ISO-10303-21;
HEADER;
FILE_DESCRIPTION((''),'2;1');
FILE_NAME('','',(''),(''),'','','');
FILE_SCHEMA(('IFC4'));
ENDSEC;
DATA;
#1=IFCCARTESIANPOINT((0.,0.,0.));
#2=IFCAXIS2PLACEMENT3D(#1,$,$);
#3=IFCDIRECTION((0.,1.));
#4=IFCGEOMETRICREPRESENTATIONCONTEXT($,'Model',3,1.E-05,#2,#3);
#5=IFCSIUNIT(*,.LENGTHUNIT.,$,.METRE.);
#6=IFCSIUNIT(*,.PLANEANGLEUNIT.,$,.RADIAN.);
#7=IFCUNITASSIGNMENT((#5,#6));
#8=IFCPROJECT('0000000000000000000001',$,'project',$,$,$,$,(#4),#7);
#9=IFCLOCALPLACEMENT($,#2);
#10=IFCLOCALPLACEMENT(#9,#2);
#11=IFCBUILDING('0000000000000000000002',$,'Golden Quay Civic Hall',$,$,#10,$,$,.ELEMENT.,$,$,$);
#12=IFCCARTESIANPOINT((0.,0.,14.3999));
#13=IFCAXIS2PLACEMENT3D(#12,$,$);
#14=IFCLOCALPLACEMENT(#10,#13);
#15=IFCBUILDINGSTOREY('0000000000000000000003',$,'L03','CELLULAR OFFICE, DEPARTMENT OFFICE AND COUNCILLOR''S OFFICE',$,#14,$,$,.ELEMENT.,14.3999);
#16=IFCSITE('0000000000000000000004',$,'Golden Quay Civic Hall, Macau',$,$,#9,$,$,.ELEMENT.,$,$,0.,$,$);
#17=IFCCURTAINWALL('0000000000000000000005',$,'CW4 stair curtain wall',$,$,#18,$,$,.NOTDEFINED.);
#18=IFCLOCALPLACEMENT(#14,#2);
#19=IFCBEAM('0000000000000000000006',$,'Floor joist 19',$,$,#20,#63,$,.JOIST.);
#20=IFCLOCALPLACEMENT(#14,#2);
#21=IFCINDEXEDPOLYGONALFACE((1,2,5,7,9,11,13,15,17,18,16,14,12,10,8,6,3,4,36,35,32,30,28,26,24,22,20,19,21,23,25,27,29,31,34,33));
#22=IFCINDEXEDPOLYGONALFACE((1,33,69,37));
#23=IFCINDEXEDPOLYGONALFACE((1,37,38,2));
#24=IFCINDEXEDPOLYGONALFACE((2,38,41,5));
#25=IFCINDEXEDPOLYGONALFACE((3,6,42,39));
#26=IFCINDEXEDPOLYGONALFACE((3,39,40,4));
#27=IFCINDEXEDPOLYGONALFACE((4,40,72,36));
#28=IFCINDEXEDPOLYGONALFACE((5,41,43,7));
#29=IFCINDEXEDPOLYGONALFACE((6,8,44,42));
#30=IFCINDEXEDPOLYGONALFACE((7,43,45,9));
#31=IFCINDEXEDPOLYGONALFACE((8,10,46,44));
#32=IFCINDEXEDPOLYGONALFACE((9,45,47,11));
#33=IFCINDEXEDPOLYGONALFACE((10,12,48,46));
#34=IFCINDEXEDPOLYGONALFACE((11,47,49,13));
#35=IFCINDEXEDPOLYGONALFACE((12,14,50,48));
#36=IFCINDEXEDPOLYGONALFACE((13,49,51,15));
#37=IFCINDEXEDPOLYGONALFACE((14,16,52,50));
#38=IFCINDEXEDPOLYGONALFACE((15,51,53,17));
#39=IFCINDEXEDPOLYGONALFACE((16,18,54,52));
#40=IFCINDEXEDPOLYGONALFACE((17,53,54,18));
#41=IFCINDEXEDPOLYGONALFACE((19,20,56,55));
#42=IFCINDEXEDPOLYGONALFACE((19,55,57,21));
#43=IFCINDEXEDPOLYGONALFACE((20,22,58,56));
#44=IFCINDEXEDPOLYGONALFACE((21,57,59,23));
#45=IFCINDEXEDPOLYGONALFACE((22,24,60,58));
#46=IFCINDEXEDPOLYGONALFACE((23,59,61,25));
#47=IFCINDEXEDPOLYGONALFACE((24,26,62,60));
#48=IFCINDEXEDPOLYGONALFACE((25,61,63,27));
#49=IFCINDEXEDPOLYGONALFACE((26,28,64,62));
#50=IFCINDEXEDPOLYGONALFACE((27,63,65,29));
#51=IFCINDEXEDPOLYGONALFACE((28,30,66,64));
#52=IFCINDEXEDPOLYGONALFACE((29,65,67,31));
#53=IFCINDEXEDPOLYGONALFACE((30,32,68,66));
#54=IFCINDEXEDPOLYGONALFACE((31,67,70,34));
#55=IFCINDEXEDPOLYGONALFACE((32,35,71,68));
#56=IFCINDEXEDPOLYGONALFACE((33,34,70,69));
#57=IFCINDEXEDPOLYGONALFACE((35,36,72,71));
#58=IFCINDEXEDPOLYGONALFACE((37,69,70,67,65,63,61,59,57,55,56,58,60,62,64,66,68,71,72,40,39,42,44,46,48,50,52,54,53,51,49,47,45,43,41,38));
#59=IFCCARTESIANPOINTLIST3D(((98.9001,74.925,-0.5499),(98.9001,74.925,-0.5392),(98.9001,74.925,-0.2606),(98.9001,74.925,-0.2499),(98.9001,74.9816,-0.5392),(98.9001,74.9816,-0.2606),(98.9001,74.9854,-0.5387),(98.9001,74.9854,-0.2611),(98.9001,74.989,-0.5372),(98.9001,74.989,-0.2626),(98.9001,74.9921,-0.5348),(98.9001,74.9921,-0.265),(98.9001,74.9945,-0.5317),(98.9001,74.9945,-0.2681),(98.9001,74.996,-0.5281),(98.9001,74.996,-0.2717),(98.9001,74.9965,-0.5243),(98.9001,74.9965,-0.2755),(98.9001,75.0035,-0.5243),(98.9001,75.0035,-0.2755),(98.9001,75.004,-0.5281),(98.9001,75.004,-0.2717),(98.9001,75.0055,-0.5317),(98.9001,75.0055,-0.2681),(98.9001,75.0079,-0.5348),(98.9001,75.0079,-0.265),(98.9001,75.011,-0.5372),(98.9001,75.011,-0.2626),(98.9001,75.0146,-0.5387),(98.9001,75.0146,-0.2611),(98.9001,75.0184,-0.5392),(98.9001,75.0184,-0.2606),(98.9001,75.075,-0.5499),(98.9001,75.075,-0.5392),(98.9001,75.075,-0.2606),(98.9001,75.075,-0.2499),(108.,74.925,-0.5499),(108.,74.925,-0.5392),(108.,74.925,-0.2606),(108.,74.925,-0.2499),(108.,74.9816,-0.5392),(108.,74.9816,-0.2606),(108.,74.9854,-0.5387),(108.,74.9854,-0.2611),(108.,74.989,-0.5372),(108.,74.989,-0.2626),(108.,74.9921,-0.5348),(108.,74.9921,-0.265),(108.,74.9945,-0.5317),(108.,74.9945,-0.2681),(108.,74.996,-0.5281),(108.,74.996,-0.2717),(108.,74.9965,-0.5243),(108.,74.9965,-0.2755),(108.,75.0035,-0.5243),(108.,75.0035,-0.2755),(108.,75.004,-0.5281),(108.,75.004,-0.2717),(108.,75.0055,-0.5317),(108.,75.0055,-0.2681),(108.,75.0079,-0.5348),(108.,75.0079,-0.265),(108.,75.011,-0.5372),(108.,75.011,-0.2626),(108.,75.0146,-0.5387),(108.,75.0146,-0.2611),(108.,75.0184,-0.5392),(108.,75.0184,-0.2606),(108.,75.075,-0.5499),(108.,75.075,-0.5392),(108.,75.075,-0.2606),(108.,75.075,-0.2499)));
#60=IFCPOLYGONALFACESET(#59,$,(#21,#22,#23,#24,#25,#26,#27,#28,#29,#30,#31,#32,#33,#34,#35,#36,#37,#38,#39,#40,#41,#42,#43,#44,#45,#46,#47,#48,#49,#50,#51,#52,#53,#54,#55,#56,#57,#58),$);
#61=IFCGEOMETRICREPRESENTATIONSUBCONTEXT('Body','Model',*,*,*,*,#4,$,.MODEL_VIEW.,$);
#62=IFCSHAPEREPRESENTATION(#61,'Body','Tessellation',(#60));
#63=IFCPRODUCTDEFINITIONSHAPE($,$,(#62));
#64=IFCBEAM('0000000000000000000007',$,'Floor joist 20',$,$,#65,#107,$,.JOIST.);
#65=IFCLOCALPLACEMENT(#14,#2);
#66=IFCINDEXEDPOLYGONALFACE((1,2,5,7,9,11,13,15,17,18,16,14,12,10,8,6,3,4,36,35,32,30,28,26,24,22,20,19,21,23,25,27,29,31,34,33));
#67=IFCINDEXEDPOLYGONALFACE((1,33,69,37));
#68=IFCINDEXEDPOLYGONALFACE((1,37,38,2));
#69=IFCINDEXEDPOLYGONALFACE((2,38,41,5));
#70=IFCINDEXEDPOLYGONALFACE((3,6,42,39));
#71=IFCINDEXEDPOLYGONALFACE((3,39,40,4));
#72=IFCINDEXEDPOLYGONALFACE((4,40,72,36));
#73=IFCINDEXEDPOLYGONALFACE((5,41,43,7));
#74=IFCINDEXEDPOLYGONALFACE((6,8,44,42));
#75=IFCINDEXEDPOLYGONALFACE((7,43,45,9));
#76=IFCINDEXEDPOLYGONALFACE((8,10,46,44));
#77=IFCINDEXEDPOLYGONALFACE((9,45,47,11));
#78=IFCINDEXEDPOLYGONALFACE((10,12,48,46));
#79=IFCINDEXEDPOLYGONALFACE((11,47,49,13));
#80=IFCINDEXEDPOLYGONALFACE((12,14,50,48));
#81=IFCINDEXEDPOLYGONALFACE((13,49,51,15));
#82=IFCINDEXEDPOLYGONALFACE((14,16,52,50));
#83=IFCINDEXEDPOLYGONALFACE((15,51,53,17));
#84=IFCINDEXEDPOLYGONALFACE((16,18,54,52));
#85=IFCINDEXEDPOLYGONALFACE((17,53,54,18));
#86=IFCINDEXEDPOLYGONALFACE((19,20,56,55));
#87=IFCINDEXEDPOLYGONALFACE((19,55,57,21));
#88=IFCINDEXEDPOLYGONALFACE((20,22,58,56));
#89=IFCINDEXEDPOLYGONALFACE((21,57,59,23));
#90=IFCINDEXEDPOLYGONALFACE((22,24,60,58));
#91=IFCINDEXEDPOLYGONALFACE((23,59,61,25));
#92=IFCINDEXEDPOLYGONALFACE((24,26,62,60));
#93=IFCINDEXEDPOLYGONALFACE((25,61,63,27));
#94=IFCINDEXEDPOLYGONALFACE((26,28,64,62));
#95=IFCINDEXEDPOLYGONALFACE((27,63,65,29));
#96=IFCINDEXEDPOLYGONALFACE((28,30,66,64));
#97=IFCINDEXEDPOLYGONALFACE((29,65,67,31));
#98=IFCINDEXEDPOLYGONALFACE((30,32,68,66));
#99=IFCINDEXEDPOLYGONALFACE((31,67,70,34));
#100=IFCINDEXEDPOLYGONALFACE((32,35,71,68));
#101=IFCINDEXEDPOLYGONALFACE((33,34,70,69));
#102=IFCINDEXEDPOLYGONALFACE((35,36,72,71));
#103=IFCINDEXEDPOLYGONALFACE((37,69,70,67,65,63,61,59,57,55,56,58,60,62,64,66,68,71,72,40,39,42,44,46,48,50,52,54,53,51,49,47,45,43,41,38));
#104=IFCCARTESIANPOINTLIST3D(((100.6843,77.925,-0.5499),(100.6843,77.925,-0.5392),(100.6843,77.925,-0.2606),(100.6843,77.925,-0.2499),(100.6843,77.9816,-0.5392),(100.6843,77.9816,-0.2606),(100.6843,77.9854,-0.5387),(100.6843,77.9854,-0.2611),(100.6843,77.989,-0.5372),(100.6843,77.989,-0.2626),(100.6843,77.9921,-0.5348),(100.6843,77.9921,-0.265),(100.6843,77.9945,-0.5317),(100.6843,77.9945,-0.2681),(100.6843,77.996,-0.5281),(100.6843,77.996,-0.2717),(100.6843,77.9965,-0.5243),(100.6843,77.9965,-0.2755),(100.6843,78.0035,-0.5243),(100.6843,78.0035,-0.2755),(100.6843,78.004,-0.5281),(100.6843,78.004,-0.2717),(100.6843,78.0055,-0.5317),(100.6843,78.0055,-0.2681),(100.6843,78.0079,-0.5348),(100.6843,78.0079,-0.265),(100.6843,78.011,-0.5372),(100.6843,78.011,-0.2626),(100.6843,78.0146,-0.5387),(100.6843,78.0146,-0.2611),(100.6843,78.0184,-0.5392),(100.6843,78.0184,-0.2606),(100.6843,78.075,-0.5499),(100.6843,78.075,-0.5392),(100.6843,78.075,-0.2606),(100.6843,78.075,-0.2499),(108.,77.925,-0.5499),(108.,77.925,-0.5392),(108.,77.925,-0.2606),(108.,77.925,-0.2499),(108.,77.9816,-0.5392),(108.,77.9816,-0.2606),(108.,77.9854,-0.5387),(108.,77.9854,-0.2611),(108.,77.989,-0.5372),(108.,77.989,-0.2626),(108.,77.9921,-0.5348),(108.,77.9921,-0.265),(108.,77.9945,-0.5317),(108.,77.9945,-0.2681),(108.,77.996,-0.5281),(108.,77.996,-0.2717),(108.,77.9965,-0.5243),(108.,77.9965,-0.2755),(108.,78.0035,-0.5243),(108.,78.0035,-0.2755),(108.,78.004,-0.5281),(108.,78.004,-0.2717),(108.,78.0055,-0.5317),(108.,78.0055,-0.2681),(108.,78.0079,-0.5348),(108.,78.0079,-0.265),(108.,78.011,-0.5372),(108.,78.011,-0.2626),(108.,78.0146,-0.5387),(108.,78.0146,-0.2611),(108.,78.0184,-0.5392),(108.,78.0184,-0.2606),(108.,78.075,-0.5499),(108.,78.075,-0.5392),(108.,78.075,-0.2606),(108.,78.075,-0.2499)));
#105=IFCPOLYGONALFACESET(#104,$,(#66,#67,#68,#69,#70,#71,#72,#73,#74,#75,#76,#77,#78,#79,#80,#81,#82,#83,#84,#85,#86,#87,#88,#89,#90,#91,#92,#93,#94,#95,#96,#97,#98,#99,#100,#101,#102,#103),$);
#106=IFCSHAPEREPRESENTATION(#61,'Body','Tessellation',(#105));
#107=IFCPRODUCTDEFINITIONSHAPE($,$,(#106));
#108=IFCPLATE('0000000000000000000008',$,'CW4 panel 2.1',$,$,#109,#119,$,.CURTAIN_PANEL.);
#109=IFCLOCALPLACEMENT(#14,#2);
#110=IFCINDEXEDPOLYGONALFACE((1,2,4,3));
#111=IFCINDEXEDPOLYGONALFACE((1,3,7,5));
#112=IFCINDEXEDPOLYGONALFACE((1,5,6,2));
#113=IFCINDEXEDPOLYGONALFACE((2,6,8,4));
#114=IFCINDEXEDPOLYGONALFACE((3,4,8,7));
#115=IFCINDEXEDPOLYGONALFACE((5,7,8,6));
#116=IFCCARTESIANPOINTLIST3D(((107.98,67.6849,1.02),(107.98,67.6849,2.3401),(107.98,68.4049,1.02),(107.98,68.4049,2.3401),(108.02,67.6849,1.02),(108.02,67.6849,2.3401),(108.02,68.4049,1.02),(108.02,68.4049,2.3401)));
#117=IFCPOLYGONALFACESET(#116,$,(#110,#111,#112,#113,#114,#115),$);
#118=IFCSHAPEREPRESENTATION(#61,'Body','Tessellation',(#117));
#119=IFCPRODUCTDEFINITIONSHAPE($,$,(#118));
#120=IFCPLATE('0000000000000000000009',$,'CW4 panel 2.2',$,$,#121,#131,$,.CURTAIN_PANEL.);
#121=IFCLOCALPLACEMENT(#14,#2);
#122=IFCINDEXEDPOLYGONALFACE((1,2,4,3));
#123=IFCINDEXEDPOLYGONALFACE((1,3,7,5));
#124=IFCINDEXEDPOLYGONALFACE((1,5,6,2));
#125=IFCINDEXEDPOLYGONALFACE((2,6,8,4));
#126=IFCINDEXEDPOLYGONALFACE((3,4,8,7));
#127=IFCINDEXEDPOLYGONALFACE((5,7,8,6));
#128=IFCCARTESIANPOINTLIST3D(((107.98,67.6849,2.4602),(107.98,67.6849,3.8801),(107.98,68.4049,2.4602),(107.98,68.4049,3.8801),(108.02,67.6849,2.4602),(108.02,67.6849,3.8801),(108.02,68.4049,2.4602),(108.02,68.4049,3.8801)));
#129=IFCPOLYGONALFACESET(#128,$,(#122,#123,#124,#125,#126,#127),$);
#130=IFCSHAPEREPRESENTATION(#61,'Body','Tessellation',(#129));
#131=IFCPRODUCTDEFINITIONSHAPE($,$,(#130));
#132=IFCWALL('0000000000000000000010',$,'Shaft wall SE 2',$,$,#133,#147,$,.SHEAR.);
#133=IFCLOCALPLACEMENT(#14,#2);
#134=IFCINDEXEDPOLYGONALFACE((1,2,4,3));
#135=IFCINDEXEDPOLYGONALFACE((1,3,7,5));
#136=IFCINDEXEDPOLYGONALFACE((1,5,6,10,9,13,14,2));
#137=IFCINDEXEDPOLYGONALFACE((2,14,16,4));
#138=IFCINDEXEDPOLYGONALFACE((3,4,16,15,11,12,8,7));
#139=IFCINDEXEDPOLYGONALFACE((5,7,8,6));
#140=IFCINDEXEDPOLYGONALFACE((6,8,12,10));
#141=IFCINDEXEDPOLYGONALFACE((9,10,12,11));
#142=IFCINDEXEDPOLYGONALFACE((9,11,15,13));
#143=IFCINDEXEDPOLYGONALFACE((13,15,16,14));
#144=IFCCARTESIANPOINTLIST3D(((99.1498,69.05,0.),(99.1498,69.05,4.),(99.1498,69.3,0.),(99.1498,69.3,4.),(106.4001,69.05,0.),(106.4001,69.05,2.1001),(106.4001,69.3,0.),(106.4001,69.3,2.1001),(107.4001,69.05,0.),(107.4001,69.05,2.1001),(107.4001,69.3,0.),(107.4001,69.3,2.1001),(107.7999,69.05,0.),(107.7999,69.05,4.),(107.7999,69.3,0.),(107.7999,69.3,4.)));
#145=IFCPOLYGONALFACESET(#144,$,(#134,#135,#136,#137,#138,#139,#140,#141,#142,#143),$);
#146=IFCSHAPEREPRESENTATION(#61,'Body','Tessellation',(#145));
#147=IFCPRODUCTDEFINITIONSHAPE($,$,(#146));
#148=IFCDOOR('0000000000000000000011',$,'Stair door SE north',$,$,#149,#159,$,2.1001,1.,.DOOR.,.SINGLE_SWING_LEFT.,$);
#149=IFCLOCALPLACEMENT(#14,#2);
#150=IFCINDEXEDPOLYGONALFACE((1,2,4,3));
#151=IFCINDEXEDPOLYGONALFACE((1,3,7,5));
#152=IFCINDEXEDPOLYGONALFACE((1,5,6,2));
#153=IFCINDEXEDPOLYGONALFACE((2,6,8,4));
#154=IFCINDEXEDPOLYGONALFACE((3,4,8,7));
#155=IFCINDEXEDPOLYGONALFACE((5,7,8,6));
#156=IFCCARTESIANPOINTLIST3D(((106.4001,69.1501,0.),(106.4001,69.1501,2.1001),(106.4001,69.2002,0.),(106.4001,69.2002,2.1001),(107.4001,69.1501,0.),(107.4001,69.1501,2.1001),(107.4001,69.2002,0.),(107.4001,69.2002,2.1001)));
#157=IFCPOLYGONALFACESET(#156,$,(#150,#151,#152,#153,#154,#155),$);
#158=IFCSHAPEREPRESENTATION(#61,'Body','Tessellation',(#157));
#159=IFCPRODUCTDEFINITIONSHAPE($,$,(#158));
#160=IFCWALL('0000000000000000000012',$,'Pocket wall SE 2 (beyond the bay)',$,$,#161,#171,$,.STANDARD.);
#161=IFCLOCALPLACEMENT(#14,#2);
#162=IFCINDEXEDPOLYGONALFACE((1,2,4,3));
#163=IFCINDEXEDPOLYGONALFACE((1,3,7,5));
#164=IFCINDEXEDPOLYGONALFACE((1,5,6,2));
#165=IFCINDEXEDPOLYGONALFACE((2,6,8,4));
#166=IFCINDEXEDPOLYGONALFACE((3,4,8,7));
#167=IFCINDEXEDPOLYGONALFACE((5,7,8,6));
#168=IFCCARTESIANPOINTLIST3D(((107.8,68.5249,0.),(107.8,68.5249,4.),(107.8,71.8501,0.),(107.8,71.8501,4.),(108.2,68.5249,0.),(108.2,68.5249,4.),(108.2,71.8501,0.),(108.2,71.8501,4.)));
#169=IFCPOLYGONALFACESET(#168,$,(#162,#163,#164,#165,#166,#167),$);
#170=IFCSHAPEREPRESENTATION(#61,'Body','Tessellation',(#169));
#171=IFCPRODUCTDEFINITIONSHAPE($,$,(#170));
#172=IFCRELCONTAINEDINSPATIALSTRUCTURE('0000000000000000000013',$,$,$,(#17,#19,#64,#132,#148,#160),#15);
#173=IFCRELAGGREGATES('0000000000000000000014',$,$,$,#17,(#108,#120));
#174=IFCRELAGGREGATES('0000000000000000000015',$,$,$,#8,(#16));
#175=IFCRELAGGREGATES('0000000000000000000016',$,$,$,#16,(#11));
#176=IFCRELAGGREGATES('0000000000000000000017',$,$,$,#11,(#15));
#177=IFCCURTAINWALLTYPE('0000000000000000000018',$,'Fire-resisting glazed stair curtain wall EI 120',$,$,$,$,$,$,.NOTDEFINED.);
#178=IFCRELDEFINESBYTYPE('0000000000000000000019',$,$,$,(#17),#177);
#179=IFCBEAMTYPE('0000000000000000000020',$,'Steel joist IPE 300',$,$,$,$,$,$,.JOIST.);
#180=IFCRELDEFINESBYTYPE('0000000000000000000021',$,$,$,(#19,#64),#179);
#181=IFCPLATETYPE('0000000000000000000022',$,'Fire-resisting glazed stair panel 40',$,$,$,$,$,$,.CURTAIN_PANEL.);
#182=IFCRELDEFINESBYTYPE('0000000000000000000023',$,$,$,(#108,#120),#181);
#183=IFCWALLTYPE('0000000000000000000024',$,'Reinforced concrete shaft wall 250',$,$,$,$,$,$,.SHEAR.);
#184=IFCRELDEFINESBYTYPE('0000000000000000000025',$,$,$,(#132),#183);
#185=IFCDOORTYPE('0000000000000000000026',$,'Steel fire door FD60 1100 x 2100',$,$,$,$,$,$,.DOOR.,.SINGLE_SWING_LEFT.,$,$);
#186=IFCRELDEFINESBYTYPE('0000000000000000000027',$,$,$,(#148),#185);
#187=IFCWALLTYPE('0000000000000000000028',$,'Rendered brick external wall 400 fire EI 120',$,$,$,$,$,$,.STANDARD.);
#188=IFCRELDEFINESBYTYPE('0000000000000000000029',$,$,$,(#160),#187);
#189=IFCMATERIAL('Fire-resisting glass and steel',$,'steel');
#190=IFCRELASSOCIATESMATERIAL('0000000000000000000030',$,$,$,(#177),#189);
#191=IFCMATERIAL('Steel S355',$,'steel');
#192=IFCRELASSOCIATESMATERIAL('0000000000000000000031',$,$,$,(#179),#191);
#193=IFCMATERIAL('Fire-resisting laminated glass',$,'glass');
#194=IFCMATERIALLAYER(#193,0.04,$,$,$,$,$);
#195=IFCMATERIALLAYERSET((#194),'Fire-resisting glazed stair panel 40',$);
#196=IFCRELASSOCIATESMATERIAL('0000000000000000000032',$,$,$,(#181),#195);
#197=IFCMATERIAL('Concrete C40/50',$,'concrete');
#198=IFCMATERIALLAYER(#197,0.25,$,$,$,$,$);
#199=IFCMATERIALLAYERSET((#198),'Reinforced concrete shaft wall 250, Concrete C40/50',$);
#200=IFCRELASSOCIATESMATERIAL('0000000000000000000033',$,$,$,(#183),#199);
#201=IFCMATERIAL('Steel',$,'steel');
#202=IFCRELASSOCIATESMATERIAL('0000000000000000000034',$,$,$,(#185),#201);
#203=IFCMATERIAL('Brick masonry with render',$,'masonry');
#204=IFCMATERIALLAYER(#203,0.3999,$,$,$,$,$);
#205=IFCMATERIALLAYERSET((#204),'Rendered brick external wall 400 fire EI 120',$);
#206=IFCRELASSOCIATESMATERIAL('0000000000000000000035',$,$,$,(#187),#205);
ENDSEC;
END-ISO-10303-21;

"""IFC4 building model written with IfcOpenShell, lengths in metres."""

from ifc_helpers import new_model, si_unit, direction, frame, frame_2d, origin, origin_2d, place, context, subcontext, project, spatial, rectangle, i_section, extrude, material, layer, layer_set, material_profile, profile_set, type_object, element, fill, aggregate, save


model = new_model("IFC4")

# Units and contexts
model_context = context("Model", 3, precision=1e-05, world=origin(), true_north=direction((0.0, 1.0)))
body_context = subcontext(model_context, "Body", "Model", "MODEL_VIEW")
ifc_project = project(units=[si_unit("LENGTHUNIT", "METRE"), si_unit("PLANEANGLEUNIT", "RADIAN")], contexts=[model_context])

# Site, building, storey
site_placement = place(None, origin())
site = spatial("IfcSite", under=ifc_project, at=site_placement, Name="Golden Quay Civic Hall, Macau", CompositionType="ELEMENT", RefElevation=0.0)
building_placement = place(site_placement, origin())
building = spatial("IfcBuilding", under=site, at=building_placement, Name="Golden Quay Civic Hall", CompositionType="ELEMENT")
storey_placement = place(building_placement, frame((0.0, 0.0, 14.3999)))
storey = spatial("IfcBuildingStorey", under=building, at=storey_placement, Name="L03", Description="CELLULAR OFFICE, DEPARTMENT OFFICE AND COUNCILLOR'S OFFICE", CompositionType="ELEMENT", Elevation=14.3999)

# Curtain wall
ifc_material_1 = material(Name="Fire-resisting glass and steel", Category="steel")
curtain_wall_type = type_object("IfcCurtainWallType", Name="Fire-resisting glazed stair curtain wall EI 120", PredefinedType="NOTDEFINED", material=ifc_material_1)
curtain_wall_placement = place(storey_placement, origin())
curtain_wall = element("IfcCurtainWall", 1, at=curtain_wall_placement, inside=storey, type_object=curtain_wall_type, Name="CW4 stair curtain wall", PredefinedType="NOTDEFINED")

# Beams
ifc_material_2 = material(Name="Steel S355", Category="steel")
ifc_material_profile_1 = material_profile(ifc_material_2, i_section(OverallWidth=0.1499, OverallDepth=0.3, WebThickness=0.0071, FlangeThickness=0.0107, FilletRadius=0.0149, at=origin_2d()), Name="IPE 300")
ifc_profile_set_1 = profile_set([ifc_material_profile_1], Name="Steel S355")
beam_type_1 = type_object("IfcBeamType", Name="Steel joist IPE 300", PredefinedType="JOIST", material=ifc_profile_set_1)
beam_1_placement = place(storey_placement, frame((108.0, 75.0, -0.3999), z_axis=(-1.0, 0.0, 0.0), x_axis=(0.0, -1.0, 0.0)))
element("IfcBeam", 2, at=beam_1_placement, inside=storey, type_object=beam_type_1, Name="Floor joist 19", PredefinedType="JOIST", context=body_context, shape_type="SweptSolid", body=[
    extrude(i_section(OverallWidth=0.1499, OverallDepth=0.3, WebThickness=0.0071, FlangeThickness=0.0107, FilletRadius=0.0149, at=origin_2d()), origin(), (0.0, 0.0, 1.0), 9.0999),
])
beam_2_placement = place(storey_placement, frame((108.0, 78.0, -0.3999), z_axis=(-1.0, 0.0, 0.0), x_axis=(0.0, -1.0, 0.0)))
element("IfcBeam", 3, at=beam_2_placement, inside=storey, type_object=beam_type_1, Name="Floor joist 20", PredefinedType="JOIST", context=body_context, shape_type="SweptSolid", body=[
    extrude(i_section(OverallWidth=0.1499, OverallDepth=0.3, WebThickness=0.0071, FlangeThickness=0.0107, FilletRadius=0.0149, at=origin_2d()), origin(), (0.0, 0.0, 1.0), 7.3157),
])

# Plates
ifc_material_3 = material(Name="Fire-resisting laminated glass", Category="glass")
ifc_layer_1 = layer(ifc_material_3, 0.04)
ifc_layer_set_1 = layer_set([ifc_layer_1], Name="Fire-resisting glazed stair panel 40")
plate_type = type_object("IfcPlateType", Name="Fire-resisting glazed stair panel 40", PredefinedType="CURTAIN_PANEL", material=ifc_layer_set_1)
plate_1_placement = place(storey_placement, frame((108.0, 68.0449, 1.02), z_axis=(0.0, 0.0, 1.0), x_axis=(0.0, 1.0, 0.0)))
plate_1 = element("IfcPlate", 4, at=plate_1_placement, type_object=plate_type, Name="CW4 panel 2.1", PredefinedType="CURTAIN_PANEL", context=body_context, shape_type="SweptSolid", body=[
    extrude(rectangle(XDim=0.72, YDim=0.04, at=origin_2d()), origin(), (0.0, 0.0, 1.0), 1.3201),
])
plate_2_placement = place(storey_placement, frame((108.0, 68.0449, 2.4602), z_axis=(0.0, 0.0, 1.0), x_axis=(0.0, 1.0, 0.0)))
plate_2 = element("IfcPlate", 5, at=plate_2_placement, type_object=plate_type, Name="CW4 panel 2.2", PredefinedType="CURTAIN_PANEL", context=body_context, shape_type="SweptSolid", body=[
    extrude(rectangle(XDim=0.72, YDim=0.04, at=origin_2d()), origin(), (0.0, 0.0, 1.0), 1.4199),
])
aggregate(curtain_wall, [plate_1, plate_2])

# Wall, opening, door
ifc_material_4 = material(Name="Concrete C40/50", Category="concrete")
ifc_layer_2 = layer(ifc_material_4, 0.25)
ifc_layer_set_2 = layer_set([ifc_layer_2], Name="Reinforced concrete shaft wall 250, Concrete C40/50")
wall_type_1 = type_object("IfcWallType", Name="Reinforced concrete shaft wall 250", PredefinedType="SHEAR", material=ifc_layer_set_2)
wall_1_placement = place(storey_placement, frame((107.8, 69.175, 0.0), z_axis=(0.0, 0.0, 1.0), x_axis=(-1.0, 0.0, 0.0)))
wall_1 = element("IfcWall", 6, at=wall_1_placement, inside=storey, type_object=wall_type_1, Name="Shaft wall SE 2", PredefinedType="SHEAR", context=body_context, shape_type="SweptSolid", body=[
    extrude(rectangle(XDim=8.6501, YDim=0.25, at=frame_2d((4.3252, 0.0))), origin(), (0.0, 0.0, 1.0), 4.0),
])
opening_1_placement = place(wall_1_placement, frame((0.3999, 0.0, 0.0)))
opening_1 = element("IfcOpeningElement", 7, at=opening_1_placement, cuts=wall_1, PredefinedType="OPENING", context=body_context, shape_type="SweptSolid", body=[
    extrude(rectangle(XDim=1.0, YDim=2.1001, at=frame_2d((0.5, 1.05))), frame((0.0, 0.135, 0.0), z_axis=(0.0, -1.0, 0.0), x_axis=(1.0, 0.0, 0.0)), (0.0, 0.0, 1.0), 0.27),
])
ifc_material_5 = material(Name="Steel", Category="steel")
door_type_1 = type_object("IfcDoorType", Name="Steel fire door FD60 1100 x 2100", OperationType="SINGLE_SWING_LEFT", PredefinedType="DOOR", material=ifc_material_5)
door_1_placement = place(opening_1_placement, origin())
door_1 = element("IfcDoor", 8, at=door_1_placement, inside=storey, type_object=door_type_1, Name="Stair door SE north", OperationType="SINGLE_SWING_LEFT", OverallHeight=2.1001, OverallWidth=1.0, PredefinedType="DOOR", context=body_context, shape_type="SweptSolid", body=[
    extrude(rectangle(XDim=1.0, YDim=2.1001, at=frame_2d((0.5, 1.05))), frame((0.0, 0.0249, 0.0), z_axis=(0.0, -1.0, 0.0), x_axis=(1.0, 0.0, 0.0)), (0.0, 0.0, 1.0), 0.05),
])
fill(opening_1, door_1)

# Wall
ifc_material_6 = material(Name="Brick masonry with render", Category="masonry")
ifc_layer_3 = layer(ifc_material_6, 0.3999)
ifc_layer_set_3 = layer_set([ifc_layer_3], Name="Rendered brick external wall 400 fire EI 120")
wall_type_2 = type_object("IfcWallType", Name="Rendered brick external wall 400 fire EI 120", PredefinedType="STANDARD", material=ifc_layer_set_3)
wall_2_placement = place(storey_placement, frame((108.0, 68.5249, 0.0), z_axis=(0.0, 0.0, 1.0), x_axis=(0.0, 1.0, 0.0)))
element("IfcWall", 9, at=wall_2_placement, inside=storey, type_object=wall_type_2, Name="Pocket wall SE 2 (beyond the bay)", PredefinedType="STANDARD", context=body_context, shape_type="SweptSolid", body=[
    extrude(rectangle(XDim=3.3252, YDim=0.3999, at=frame_2d((1.6626, 0.0))), origin(), (0.0, 0.0, 1.0), 4.0),
])

save(model, "model.ifc")
